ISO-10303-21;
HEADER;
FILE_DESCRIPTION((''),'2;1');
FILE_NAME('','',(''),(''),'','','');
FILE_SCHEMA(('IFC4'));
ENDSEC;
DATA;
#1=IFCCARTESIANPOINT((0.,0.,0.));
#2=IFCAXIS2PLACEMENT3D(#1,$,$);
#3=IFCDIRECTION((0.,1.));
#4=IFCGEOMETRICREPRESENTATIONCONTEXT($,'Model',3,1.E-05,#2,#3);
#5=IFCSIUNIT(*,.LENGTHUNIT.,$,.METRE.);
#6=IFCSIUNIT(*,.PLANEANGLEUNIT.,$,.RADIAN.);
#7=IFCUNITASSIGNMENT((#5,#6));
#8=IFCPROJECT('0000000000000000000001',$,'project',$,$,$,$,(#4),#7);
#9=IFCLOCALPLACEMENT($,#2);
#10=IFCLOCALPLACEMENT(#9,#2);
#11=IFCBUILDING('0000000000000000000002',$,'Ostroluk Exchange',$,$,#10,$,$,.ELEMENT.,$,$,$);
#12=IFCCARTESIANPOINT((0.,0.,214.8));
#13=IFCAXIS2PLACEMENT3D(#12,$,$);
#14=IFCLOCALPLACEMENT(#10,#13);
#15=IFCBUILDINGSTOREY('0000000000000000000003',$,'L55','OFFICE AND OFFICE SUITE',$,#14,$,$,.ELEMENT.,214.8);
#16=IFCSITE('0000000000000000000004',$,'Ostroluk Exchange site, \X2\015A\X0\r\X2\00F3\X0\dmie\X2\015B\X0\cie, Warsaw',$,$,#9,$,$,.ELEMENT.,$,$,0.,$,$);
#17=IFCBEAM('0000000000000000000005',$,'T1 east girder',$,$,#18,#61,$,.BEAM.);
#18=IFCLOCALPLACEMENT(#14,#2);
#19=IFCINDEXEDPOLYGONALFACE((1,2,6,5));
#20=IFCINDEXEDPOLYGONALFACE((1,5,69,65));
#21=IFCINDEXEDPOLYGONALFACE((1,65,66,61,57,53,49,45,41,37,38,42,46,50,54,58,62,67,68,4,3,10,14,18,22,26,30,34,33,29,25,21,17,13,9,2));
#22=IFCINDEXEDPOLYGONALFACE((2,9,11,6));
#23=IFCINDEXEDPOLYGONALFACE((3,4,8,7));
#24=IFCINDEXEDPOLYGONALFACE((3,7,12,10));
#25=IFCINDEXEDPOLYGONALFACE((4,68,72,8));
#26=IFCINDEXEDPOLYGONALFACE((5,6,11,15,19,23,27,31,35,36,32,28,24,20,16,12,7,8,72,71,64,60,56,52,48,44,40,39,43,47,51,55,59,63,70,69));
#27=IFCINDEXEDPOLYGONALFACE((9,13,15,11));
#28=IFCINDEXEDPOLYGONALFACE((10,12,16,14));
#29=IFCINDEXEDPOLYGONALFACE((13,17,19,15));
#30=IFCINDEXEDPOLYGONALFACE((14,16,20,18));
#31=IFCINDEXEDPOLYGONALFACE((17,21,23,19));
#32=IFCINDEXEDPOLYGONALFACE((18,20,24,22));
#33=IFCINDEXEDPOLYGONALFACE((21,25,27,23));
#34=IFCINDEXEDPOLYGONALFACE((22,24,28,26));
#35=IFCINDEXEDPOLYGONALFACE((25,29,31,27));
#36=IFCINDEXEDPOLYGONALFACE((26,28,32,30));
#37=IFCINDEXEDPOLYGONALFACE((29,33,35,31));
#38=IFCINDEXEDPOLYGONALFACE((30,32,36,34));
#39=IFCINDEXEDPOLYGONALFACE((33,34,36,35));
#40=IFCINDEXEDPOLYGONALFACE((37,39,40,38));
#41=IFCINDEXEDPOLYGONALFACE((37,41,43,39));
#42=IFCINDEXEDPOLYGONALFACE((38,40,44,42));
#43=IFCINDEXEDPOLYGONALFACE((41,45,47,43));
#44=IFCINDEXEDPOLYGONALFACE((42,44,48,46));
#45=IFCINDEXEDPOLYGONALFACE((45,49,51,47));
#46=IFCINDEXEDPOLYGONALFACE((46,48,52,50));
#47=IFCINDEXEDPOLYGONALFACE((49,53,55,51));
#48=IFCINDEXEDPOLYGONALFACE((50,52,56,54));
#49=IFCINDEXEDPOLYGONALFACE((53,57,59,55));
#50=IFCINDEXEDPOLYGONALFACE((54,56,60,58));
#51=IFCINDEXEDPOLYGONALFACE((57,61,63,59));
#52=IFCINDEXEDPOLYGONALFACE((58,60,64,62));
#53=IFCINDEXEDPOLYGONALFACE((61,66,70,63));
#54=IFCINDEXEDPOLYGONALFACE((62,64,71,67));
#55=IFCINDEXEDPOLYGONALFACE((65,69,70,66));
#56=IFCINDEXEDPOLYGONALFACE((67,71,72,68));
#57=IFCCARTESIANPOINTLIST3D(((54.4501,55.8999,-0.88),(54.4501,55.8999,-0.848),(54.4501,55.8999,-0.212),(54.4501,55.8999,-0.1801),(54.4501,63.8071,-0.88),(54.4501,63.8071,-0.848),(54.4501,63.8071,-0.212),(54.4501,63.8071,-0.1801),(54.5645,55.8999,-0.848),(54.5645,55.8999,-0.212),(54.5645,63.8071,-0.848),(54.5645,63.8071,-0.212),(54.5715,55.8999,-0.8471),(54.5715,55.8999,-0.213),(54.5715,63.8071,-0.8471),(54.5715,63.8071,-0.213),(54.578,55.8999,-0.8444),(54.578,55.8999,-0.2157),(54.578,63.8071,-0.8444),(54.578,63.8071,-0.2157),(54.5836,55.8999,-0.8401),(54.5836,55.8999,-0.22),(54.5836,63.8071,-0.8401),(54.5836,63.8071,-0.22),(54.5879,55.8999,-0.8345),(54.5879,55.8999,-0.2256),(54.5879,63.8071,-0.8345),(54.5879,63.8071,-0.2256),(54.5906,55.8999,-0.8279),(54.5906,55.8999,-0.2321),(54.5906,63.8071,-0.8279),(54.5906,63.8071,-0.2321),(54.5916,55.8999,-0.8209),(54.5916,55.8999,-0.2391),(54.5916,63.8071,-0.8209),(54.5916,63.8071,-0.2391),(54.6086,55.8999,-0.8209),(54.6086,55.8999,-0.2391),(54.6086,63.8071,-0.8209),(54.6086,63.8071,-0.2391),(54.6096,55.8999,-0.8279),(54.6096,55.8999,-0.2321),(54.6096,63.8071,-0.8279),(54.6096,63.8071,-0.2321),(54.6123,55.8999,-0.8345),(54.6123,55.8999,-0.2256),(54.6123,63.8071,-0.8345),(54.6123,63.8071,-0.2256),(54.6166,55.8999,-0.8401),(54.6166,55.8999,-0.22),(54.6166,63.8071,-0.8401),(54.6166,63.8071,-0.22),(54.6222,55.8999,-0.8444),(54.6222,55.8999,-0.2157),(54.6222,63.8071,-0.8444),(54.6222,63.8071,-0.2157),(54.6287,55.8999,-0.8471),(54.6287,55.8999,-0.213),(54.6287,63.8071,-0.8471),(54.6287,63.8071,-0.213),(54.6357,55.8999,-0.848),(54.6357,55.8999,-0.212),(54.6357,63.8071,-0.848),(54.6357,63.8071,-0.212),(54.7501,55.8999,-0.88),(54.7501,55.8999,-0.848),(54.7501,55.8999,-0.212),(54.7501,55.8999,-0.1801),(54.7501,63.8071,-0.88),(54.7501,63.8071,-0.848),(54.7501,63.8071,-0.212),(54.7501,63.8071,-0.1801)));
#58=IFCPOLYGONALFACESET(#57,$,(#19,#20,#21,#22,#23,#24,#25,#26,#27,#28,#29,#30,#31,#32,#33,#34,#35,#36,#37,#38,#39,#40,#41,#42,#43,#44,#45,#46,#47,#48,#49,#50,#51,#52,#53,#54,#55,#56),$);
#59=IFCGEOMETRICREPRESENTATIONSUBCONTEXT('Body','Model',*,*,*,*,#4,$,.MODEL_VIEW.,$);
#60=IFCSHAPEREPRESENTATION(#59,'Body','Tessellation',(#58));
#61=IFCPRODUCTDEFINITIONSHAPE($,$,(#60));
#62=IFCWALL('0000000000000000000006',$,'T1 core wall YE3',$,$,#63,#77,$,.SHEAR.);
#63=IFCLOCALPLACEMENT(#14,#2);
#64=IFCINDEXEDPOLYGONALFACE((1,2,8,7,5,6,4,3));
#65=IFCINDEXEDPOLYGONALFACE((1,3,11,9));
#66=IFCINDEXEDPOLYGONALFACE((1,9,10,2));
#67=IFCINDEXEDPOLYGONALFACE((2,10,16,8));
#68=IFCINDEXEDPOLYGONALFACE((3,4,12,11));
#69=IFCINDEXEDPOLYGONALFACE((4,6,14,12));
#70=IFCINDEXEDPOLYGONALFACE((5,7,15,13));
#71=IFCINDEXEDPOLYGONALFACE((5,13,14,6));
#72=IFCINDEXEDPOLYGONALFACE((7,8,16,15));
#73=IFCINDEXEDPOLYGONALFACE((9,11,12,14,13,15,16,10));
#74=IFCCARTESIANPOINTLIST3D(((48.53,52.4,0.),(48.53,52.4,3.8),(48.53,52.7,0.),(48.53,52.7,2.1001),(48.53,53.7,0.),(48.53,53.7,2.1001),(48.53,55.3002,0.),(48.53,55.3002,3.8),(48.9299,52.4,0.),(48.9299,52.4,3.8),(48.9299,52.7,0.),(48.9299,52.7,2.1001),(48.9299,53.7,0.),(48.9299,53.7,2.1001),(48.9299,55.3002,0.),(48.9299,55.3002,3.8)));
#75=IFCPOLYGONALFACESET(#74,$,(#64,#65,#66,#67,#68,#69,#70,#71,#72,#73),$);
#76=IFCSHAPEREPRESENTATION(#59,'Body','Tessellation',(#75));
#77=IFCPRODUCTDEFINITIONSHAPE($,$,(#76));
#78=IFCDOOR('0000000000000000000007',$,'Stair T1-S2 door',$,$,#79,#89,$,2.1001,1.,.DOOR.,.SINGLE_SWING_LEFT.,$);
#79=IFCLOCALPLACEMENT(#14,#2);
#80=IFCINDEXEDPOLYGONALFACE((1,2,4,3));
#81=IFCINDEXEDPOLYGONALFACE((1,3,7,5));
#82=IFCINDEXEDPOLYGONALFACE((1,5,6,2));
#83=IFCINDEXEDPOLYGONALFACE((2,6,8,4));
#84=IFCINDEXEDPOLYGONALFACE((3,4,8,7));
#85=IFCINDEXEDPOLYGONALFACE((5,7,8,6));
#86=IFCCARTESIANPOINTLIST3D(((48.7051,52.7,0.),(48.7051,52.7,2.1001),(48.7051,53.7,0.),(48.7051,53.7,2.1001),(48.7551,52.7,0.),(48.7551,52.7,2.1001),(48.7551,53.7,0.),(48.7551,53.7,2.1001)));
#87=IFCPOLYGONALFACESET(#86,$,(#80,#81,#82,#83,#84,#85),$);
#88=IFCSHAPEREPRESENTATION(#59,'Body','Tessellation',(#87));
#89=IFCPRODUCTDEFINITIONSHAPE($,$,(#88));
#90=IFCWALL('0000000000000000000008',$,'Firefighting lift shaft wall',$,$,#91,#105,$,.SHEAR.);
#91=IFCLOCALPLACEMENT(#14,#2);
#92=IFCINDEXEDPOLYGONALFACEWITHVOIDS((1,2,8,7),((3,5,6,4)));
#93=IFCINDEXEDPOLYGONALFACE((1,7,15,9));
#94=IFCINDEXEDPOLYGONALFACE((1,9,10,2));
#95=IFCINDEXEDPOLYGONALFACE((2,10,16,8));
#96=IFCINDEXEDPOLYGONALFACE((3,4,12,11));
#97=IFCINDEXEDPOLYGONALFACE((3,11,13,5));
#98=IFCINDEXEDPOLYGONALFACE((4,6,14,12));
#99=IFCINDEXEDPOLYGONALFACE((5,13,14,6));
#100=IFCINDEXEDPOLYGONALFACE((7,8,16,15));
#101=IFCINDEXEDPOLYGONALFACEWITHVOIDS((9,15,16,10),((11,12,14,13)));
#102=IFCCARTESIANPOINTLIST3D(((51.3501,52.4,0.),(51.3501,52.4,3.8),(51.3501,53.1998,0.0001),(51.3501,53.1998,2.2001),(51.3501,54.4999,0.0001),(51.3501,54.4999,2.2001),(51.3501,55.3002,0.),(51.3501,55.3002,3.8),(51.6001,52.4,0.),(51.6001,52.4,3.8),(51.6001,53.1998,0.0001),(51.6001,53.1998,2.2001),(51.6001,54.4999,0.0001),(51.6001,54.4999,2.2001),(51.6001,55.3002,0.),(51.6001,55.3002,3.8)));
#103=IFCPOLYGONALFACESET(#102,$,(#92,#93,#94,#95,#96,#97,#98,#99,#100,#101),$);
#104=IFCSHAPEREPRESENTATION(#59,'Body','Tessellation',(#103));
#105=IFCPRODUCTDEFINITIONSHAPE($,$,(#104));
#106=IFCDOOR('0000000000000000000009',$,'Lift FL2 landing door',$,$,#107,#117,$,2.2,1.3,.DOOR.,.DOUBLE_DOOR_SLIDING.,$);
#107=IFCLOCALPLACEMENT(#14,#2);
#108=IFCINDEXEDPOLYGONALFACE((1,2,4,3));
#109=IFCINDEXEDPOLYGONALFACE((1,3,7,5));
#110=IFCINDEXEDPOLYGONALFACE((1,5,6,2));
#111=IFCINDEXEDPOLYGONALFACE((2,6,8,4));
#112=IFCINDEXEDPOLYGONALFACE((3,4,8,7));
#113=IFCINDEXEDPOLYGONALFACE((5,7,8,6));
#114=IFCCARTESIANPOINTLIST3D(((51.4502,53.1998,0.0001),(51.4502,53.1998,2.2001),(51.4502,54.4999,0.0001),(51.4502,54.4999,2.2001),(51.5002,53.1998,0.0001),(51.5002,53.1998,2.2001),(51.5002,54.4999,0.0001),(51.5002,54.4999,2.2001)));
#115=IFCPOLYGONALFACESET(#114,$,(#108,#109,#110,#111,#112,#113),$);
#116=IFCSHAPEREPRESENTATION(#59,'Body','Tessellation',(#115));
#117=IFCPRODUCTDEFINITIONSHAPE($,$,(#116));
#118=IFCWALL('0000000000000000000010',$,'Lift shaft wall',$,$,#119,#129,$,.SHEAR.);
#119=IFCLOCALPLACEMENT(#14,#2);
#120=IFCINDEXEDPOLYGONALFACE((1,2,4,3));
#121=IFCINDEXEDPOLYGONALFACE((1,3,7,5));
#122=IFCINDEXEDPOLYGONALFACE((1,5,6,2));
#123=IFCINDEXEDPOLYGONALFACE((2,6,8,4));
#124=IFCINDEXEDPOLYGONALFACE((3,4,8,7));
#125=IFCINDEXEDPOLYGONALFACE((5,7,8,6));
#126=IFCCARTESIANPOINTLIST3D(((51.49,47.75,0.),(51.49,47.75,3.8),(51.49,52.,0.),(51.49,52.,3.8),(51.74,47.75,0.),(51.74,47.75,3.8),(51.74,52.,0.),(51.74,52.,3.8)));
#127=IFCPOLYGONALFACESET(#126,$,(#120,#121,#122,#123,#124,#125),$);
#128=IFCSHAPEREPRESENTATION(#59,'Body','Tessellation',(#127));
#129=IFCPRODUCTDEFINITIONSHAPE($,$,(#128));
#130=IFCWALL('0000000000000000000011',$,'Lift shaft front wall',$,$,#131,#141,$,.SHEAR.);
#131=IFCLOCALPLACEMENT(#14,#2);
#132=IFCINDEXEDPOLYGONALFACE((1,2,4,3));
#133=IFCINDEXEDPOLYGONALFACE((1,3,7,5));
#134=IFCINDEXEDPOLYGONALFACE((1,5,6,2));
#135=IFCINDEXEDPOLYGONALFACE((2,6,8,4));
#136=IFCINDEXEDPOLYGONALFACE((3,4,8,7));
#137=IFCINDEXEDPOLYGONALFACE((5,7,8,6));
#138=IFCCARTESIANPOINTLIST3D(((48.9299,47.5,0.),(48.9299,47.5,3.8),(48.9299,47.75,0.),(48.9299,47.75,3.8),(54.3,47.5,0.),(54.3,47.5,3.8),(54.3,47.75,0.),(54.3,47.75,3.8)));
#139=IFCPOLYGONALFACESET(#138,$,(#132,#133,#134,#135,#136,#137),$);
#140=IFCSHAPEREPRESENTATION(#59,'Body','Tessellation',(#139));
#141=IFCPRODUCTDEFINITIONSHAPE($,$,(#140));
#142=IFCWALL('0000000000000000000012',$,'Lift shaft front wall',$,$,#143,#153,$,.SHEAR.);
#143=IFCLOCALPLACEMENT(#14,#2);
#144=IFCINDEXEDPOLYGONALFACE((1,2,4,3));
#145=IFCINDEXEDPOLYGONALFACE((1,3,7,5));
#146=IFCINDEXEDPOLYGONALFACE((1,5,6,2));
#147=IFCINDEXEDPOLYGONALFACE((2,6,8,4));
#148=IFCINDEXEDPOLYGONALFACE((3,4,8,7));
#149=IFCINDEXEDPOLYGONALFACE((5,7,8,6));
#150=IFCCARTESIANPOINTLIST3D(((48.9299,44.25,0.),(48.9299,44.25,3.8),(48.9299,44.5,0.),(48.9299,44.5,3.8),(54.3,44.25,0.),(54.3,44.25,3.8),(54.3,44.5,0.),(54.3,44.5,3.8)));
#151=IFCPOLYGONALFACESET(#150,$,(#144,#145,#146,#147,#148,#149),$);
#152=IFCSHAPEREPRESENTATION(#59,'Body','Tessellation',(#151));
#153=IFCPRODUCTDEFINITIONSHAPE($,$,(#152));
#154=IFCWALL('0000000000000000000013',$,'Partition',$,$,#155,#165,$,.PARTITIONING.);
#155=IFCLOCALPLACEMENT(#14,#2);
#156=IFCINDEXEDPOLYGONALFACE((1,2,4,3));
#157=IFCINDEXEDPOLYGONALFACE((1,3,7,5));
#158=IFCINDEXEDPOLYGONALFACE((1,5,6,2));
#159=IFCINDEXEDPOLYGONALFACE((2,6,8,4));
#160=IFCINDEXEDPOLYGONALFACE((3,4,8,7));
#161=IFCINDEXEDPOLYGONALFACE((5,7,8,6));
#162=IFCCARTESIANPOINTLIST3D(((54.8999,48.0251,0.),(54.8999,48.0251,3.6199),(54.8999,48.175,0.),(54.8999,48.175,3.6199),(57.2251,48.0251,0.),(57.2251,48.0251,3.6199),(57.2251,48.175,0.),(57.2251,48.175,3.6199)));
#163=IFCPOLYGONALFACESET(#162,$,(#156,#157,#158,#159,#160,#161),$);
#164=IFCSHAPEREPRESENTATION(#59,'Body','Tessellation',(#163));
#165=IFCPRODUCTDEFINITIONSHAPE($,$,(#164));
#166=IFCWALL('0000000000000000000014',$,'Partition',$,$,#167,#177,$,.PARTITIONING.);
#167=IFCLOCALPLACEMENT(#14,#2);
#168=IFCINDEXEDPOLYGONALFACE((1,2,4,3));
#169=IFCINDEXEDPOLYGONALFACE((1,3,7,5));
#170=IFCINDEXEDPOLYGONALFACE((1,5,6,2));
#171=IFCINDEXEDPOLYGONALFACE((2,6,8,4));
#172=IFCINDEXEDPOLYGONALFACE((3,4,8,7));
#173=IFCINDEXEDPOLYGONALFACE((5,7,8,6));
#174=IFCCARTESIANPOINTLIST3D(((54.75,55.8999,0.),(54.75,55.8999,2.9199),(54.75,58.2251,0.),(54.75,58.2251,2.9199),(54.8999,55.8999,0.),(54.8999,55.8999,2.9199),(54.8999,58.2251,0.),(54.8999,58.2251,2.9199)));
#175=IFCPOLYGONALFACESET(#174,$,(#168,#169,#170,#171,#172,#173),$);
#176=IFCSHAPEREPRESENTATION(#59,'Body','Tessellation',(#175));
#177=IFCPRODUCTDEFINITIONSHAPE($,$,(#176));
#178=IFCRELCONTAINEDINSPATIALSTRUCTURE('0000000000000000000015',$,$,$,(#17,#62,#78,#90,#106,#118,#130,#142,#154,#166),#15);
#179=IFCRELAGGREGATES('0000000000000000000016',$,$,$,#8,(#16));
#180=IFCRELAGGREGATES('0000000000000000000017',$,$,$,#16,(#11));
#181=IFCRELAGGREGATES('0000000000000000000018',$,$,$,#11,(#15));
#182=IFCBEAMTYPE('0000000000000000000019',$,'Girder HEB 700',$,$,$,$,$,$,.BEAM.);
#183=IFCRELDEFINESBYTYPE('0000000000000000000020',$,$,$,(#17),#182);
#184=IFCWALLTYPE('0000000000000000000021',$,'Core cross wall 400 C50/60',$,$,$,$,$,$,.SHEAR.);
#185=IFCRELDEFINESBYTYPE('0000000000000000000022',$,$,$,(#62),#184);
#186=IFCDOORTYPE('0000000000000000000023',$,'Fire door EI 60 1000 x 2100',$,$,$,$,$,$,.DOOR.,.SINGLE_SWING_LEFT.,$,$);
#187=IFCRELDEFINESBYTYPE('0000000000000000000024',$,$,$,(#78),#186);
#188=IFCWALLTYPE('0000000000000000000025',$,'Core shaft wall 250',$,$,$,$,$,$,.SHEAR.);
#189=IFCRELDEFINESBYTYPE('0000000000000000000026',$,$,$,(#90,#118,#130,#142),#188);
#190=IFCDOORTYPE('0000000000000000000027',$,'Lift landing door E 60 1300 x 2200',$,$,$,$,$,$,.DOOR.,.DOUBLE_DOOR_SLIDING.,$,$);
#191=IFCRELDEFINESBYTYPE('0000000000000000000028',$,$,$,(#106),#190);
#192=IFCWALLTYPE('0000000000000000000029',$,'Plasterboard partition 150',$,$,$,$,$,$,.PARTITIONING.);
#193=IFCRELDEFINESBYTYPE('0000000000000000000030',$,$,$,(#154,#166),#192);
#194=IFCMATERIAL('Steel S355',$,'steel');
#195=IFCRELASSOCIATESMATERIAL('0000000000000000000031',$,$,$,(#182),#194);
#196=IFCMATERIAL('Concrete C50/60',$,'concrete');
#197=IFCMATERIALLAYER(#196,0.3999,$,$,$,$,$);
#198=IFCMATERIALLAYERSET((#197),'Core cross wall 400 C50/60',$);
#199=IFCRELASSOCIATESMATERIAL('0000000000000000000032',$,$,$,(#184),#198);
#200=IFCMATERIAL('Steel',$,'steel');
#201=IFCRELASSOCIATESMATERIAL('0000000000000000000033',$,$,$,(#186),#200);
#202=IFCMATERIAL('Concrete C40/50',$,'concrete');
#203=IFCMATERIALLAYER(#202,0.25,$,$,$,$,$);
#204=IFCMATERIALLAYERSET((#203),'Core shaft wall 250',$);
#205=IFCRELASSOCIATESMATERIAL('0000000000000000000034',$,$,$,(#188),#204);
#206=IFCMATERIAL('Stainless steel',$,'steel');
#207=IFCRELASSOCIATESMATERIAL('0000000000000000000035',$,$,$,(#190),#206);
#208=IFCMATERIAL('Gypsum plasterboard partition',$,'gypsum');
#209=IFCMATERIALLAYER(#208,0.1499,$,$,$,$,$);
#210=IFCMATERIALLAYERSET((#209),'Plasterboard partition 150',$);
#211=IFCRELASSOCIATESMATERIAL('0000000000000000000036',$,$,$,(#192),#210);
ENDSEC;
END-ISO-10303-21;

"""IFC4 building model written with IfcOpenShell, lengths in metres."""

from ifc_helpers import new_model, si_unit, direction, frame, frame_2d, origin, origin_2d, place, context, subcontext, project, spatial, rectangle, i_section, extrude, material, layer, layer_set, material_profile, profile_set, type_object, element, fill, save


model = new_model("IFC4")

# Units and contexts
model_context = context("Model", 3, precision=1e-05, world=origin(), true_north=direction((0.0, 1.0)))
body_context = subcontext(model_context, "Body", "Model", "MODEL_VIEW")
ifc_project = project(units=[si_unit("LENGTHUNIT", "METRE"), si_unit("PLANEANGLEUNIT", "RADIAN")], contexts=[model_context])

# Site, building, storey
site_placement = place(None, origin())
site = spatial("IfcSite", under=ifc_project, at=site_placement, Name="Ostroluk Exchange site, Śródmieście, Warsaw", CompositionType="ELEMENT", RefElevation=0.0)
building_placement = place(site_placement, origin())
building = spatial("IfcBuilding", under=site, at=building_placement, Name="Ostroluk Exchange", CompositionType="ELEMENT")
storey_placement = place(building_placement, frame((0.0, 0.0, 214.8)))
storey = spatial("IfcBuildingStorey", under=building, at=storey_placement, Name="L55", Description="OFFICE AND OFFICE SUITE", CompositionType="ELEMENT", Elevation=214.8)

# Beam
ifc_material_1 = material(Name="Steel S355", Category="steel")
ifc_material_profile_1 = material_profile(ifc_material_1, i_section(OverallWidth=0.3, OverallDepth=0.7, WebThickness=0.0171, FlangeThickness=0.032, FilletRadius=0.0271, at=origin_2d()), Name="HEB 700")
ifc_profile_set_1 = profile_set([ifc_material_profile_1], Name="Steel S355")
beam_type_1 = type_object("IfcBeamType", Name="Girder HEB 700", PredefinedType="BEAM", material=ifc_profile_set_1)
beam_1_placement = place(storey_placement, frame((54.6001, 55.8999, -0.53), z_axis=(0.0, 1.0, 0.0), x_axis=(-1.0, 0.0, 0.0)))
element("IfcBeam", 1, at=beam_1_placement, inside=storey, type_object=beam_type_1, Name="T1 east girder", PredefinedType="BEAM", context=body_context, shape_type="SweptSolid", body=[
    extrude(i_section(OverallWidth=0.3, OverallDepth=0.7, WebThickness=0.0171, FlangeThickness=0.032, FilletRadius=0.0271, at=origin_2d()), origin(), (0.0, 0.0, 1.0), 7.9072),
])

# Walls, openings, doors
ifc_material_2 = material(Name="Concrete C50/60", Category="concrete")
ifc_layer_1 = layer(ifc_material_2, 0.3999)
ifc_layer_set_1 = layer_set([ifc_layer_1], Name="Core cross wall 400 C50/60")
wall_type_1 = type_object("IfcWallType", Name="Core cross wall 400 C50/60", PredefinedType="SHEAR", material=ifc_layer_set_1)
wall_1_placement = place(storey_placement, frame((48.73, 52.3999, 0.0), z_axis=(0.0, 0.0, 1.0), x_axis=(0.0, 1.0, 0.0)))
wall_1 = element("IfcWall", 2, at=wall_1_placement, inside=storey, type_object=wall_type_1, Name="T1 core wall YE3", PredefinedType="SHEAR", context=body_context, shape_type="SweptSolid", body=[
    extrude(rectangle(XDim=2.9001, YDim=0.3999, at=frame_2d((1.4502, 0.0))), origin(), (0.0, 0.0, 1.0), 3.8),
])
opening_1_placement = place(wall_1_placement, frame((0.3, 0.0, 0.0)))
opening_1 = element("IfcOpeningElement", 3, at=opening_1_placement, cuts=wall_1, PredefinedType="OPENING", context=body_context, shape_type="SweptSolid", body=[
    extrude(rectangle(XDim=1.0, YDim=2.1001, at=frame_2d((0.5, 1.05))), frame((0.0, 0.21, 0.0), z_axis=(0.0, -1.0, 0.0), x_axis=(1.0, 0.0, 0.0)), (0.0, 0.0, 1.0), 0.4199),
])
ifc_material_3 = material(Name="Steel", Category="steel")
door_type_1 = type_object("IfcDoorType", Name="Fire door EI 60 1000 x 2100", OperationType="SINGLE_SWING_LEFT", PredefinedType="DOOR", material=ifc_material_3)
door_1_placement = place(opening_1_placement, origin())
door_1 = element("IfcDoor", 4, at=door_1_placement, inside=storey, type_object=door_type_1, Name="Stair T1-S2 door", OperationType="SINGLE_SWING_LEFT", OverallHeight=2.1001, OverallWidth=1.0, PredefinedType="DOOR", context=body_context, shape_type="SweptSolid", body=[
    extrude(rectangle(XDim=1.0, YDim=2.1001, at=frame_2d((0.5, 1.05))), frame((0.0, 0.0249, 0.0), z_axis=(0.0, -1.0, 0.0), x_axis=(1.0, 0.0, 0.0)), (0.0, 0.0, 1.0), 0.05),
])
fill(opening_1, door_1)
ifc_material_4 = material(Name="Concrete C40/50", Category="concrete")
ifc_layer_2 = layer(ifc_material_4, 0.25)
ifc_layer_set_2 = layer_set([ifc_layer_2], Name="Core shaft wall 250")
wall_type_2 = type_object("IfcWallType", Name="Core shaft wall 250", PredefinedType="SHEAR", material=ifc_layer_set_2)
wall_2_placement = place(storey_placement, frame((51.4751, 52.3999, 0.0), z_axis=(0.0, 0.0, 1.0), x_axis=(0.0, 1.0, 0.0)))
wall_2 = element("IfcWall", 5, at=wall_2_placement, inside=storey, type_object=wall_type_2, Name="Firefighting lift shaft wall", PredefinedType="SHEAR", context=body_context, shape_type="SweptSolid", body=[
    extrude(rectangle(XDim=2.9001, YDim=0.25, at=frame_2d((1.4502, 0.0))), origin(), (0.0, 0.0, 1.0), 3.8),
])
opening_2_placement = place(wall_2_placement, frame((0.8, 0.0, 0.0)))
opening_2 = element("IfcOpeningElement", 6, at=opening_2_placement, cuts=wall_2, PredefinedType="OPENING", context=body_context, shape_type="SweptSolid", body=[
    extrude(rectangle(XDim=1.3, YDim=2.2, at=frame_2d((0.6499, 1.1001))), frame((0.0, 0.135, 0.0), z_axis=(0.0, -1.0, 0.0), x_axis=(1.0, 0.0, 0.0)), (0.0, 0.0, 1.0), 0.27),
])
ifc_material_5 = material(Name="Stainless steel", Category="steel")
door_type_2 = type_object("IfcDoorType", Name="Lift landing door E 60 1300 x 2200", OperationType="DOUBLE_DOOR_SLIDING", PredefinedType="DOOR", material=ifc_material_5)
door_2_placement = place(opening_2_placement, origin())
door_2 = element("IfcDoor", 7, at=door_2_placement, inside=storey, type_object=door_type_2, Name="Lift FL2 landing door", OperationType="DOUBLE_DOOR_SLIDING", OverallHeight=2.2, OverallWidth=1.3, PredefinedType="DOOR", context=body_context, shape_type="SweptSolid", body=[
    extrude(rectangle(XDim=1.3, YDim=2.2, at=frame_2d((0.6499, 1.1001))), frame((0.0, 0.0249, 0.0), z_axis=(0.0, -1.0, 0.0), x_axis=(1.0, 0.0, 0.0)), (0.0, 0.0, 1.0), 0.05),
])
fill(opening_2, door_2)

# Walls
wall_3_placement = place(storey_placement, frame((51.615, 47.75, 0.0), z_axis=(0.0, 0.0, 1.0), x_axis=(0.0, 1.0, 0.0)))
element("IfcWall", 8, at=wall_3_placement, inside=storey, type_object=wall_type_2, Name="Lift shaft wall", PredefinedType="SHEAR", context=body_context, shape_type="SweptSolid", body=[
    extrude(rectangle(XDim=4.25, YDim=0.25, at=frame_2d((2.125, 0.0))), origin(), (0.0, 0.0, 1.0), 3.8),
])
for number, where, z_axis, x_axis, name in (
    (9, (48.9299, 47.625, 0.0), (0.0, 0.0, 1.0), (1.0, 0.0, 0.0), "Lift shaft front wall"),
    (10, (48.9299, 44.375, 0.0), (0.0, 0.0, 1.0), (1.0, 0.0, 0.0), "Lift shaft front wall"),
):
    element("IfcWall", number, at=place(storey_placement, frame(where, z_axis=z_axis, x_axis=x_axis)), inside=storey, type_object=wall_type_2, Name=name, PredefinedType="SHEAR", context=body_context, shape_type="SweptSolid", body=[
        extrude(rectangle(XDim=5.3701, YDim=0.25, at=frame_2d((2.6851, 0.0))), origin(), (0.0, 0.0, 1.0), 3.8),
    ])
ifc_material_6 = material(Name="Gypsum plasterboard partition", Category="gypsum")
ifc_layer_3 = layer(ifc_material_6, 0.1499)
ifc_layer_set_3 = layer_set([ifc_layer_3], Name="Plasterboard partition 150")
wall_type_3 = type_object("IfcWallType", Name="Plasterboard partition 150", PredefinedType="PARTITIONING", material=ifc_layer_set_3)
wall_4_placement = place(storey_placement, frame((54.8999, 48.1001, 0.0), z_axis=(0.0, 0.0, 1.0), x_axis=(1.0, 0.0, 0.0)))
element("IfcWall", 11, at=wall_4_placement, inside=storey, type_object=wall_type_3, Name="Partition", PredefinedType="PARTITIONING", context=body_context, shape_type="SweptSolid", body=[
    extrude(rectangle(XDim=2.3252, YDim=0.1499, at=frame_2d((1.1626, 0.0))), origin(), (0.0, 0.0, 1.0), 3.6199),
])
wall_5_placement = place(storey_placement, frame((54.825, 55.8999, 0.0), z_axis=(0.0, 0.0, 1.0), x_axis=(0.0, 1.0, 0.0)))
element("IfcWall", 12, at=wall_5_placement, inside=storey, type_object=wall_type_3, Name="Partition", PredefinedType="PARTITIONING", context=body_context, shape_type="SweptSolid", body=[
    extrude(rectangle(XDim=2.3252, YDim=0.1499, at=frame_2d((1.1626, 0.0))), origin(), (0.0, 0.0, 1.0), 2.9199),
])

save(model, "model.ifc")
